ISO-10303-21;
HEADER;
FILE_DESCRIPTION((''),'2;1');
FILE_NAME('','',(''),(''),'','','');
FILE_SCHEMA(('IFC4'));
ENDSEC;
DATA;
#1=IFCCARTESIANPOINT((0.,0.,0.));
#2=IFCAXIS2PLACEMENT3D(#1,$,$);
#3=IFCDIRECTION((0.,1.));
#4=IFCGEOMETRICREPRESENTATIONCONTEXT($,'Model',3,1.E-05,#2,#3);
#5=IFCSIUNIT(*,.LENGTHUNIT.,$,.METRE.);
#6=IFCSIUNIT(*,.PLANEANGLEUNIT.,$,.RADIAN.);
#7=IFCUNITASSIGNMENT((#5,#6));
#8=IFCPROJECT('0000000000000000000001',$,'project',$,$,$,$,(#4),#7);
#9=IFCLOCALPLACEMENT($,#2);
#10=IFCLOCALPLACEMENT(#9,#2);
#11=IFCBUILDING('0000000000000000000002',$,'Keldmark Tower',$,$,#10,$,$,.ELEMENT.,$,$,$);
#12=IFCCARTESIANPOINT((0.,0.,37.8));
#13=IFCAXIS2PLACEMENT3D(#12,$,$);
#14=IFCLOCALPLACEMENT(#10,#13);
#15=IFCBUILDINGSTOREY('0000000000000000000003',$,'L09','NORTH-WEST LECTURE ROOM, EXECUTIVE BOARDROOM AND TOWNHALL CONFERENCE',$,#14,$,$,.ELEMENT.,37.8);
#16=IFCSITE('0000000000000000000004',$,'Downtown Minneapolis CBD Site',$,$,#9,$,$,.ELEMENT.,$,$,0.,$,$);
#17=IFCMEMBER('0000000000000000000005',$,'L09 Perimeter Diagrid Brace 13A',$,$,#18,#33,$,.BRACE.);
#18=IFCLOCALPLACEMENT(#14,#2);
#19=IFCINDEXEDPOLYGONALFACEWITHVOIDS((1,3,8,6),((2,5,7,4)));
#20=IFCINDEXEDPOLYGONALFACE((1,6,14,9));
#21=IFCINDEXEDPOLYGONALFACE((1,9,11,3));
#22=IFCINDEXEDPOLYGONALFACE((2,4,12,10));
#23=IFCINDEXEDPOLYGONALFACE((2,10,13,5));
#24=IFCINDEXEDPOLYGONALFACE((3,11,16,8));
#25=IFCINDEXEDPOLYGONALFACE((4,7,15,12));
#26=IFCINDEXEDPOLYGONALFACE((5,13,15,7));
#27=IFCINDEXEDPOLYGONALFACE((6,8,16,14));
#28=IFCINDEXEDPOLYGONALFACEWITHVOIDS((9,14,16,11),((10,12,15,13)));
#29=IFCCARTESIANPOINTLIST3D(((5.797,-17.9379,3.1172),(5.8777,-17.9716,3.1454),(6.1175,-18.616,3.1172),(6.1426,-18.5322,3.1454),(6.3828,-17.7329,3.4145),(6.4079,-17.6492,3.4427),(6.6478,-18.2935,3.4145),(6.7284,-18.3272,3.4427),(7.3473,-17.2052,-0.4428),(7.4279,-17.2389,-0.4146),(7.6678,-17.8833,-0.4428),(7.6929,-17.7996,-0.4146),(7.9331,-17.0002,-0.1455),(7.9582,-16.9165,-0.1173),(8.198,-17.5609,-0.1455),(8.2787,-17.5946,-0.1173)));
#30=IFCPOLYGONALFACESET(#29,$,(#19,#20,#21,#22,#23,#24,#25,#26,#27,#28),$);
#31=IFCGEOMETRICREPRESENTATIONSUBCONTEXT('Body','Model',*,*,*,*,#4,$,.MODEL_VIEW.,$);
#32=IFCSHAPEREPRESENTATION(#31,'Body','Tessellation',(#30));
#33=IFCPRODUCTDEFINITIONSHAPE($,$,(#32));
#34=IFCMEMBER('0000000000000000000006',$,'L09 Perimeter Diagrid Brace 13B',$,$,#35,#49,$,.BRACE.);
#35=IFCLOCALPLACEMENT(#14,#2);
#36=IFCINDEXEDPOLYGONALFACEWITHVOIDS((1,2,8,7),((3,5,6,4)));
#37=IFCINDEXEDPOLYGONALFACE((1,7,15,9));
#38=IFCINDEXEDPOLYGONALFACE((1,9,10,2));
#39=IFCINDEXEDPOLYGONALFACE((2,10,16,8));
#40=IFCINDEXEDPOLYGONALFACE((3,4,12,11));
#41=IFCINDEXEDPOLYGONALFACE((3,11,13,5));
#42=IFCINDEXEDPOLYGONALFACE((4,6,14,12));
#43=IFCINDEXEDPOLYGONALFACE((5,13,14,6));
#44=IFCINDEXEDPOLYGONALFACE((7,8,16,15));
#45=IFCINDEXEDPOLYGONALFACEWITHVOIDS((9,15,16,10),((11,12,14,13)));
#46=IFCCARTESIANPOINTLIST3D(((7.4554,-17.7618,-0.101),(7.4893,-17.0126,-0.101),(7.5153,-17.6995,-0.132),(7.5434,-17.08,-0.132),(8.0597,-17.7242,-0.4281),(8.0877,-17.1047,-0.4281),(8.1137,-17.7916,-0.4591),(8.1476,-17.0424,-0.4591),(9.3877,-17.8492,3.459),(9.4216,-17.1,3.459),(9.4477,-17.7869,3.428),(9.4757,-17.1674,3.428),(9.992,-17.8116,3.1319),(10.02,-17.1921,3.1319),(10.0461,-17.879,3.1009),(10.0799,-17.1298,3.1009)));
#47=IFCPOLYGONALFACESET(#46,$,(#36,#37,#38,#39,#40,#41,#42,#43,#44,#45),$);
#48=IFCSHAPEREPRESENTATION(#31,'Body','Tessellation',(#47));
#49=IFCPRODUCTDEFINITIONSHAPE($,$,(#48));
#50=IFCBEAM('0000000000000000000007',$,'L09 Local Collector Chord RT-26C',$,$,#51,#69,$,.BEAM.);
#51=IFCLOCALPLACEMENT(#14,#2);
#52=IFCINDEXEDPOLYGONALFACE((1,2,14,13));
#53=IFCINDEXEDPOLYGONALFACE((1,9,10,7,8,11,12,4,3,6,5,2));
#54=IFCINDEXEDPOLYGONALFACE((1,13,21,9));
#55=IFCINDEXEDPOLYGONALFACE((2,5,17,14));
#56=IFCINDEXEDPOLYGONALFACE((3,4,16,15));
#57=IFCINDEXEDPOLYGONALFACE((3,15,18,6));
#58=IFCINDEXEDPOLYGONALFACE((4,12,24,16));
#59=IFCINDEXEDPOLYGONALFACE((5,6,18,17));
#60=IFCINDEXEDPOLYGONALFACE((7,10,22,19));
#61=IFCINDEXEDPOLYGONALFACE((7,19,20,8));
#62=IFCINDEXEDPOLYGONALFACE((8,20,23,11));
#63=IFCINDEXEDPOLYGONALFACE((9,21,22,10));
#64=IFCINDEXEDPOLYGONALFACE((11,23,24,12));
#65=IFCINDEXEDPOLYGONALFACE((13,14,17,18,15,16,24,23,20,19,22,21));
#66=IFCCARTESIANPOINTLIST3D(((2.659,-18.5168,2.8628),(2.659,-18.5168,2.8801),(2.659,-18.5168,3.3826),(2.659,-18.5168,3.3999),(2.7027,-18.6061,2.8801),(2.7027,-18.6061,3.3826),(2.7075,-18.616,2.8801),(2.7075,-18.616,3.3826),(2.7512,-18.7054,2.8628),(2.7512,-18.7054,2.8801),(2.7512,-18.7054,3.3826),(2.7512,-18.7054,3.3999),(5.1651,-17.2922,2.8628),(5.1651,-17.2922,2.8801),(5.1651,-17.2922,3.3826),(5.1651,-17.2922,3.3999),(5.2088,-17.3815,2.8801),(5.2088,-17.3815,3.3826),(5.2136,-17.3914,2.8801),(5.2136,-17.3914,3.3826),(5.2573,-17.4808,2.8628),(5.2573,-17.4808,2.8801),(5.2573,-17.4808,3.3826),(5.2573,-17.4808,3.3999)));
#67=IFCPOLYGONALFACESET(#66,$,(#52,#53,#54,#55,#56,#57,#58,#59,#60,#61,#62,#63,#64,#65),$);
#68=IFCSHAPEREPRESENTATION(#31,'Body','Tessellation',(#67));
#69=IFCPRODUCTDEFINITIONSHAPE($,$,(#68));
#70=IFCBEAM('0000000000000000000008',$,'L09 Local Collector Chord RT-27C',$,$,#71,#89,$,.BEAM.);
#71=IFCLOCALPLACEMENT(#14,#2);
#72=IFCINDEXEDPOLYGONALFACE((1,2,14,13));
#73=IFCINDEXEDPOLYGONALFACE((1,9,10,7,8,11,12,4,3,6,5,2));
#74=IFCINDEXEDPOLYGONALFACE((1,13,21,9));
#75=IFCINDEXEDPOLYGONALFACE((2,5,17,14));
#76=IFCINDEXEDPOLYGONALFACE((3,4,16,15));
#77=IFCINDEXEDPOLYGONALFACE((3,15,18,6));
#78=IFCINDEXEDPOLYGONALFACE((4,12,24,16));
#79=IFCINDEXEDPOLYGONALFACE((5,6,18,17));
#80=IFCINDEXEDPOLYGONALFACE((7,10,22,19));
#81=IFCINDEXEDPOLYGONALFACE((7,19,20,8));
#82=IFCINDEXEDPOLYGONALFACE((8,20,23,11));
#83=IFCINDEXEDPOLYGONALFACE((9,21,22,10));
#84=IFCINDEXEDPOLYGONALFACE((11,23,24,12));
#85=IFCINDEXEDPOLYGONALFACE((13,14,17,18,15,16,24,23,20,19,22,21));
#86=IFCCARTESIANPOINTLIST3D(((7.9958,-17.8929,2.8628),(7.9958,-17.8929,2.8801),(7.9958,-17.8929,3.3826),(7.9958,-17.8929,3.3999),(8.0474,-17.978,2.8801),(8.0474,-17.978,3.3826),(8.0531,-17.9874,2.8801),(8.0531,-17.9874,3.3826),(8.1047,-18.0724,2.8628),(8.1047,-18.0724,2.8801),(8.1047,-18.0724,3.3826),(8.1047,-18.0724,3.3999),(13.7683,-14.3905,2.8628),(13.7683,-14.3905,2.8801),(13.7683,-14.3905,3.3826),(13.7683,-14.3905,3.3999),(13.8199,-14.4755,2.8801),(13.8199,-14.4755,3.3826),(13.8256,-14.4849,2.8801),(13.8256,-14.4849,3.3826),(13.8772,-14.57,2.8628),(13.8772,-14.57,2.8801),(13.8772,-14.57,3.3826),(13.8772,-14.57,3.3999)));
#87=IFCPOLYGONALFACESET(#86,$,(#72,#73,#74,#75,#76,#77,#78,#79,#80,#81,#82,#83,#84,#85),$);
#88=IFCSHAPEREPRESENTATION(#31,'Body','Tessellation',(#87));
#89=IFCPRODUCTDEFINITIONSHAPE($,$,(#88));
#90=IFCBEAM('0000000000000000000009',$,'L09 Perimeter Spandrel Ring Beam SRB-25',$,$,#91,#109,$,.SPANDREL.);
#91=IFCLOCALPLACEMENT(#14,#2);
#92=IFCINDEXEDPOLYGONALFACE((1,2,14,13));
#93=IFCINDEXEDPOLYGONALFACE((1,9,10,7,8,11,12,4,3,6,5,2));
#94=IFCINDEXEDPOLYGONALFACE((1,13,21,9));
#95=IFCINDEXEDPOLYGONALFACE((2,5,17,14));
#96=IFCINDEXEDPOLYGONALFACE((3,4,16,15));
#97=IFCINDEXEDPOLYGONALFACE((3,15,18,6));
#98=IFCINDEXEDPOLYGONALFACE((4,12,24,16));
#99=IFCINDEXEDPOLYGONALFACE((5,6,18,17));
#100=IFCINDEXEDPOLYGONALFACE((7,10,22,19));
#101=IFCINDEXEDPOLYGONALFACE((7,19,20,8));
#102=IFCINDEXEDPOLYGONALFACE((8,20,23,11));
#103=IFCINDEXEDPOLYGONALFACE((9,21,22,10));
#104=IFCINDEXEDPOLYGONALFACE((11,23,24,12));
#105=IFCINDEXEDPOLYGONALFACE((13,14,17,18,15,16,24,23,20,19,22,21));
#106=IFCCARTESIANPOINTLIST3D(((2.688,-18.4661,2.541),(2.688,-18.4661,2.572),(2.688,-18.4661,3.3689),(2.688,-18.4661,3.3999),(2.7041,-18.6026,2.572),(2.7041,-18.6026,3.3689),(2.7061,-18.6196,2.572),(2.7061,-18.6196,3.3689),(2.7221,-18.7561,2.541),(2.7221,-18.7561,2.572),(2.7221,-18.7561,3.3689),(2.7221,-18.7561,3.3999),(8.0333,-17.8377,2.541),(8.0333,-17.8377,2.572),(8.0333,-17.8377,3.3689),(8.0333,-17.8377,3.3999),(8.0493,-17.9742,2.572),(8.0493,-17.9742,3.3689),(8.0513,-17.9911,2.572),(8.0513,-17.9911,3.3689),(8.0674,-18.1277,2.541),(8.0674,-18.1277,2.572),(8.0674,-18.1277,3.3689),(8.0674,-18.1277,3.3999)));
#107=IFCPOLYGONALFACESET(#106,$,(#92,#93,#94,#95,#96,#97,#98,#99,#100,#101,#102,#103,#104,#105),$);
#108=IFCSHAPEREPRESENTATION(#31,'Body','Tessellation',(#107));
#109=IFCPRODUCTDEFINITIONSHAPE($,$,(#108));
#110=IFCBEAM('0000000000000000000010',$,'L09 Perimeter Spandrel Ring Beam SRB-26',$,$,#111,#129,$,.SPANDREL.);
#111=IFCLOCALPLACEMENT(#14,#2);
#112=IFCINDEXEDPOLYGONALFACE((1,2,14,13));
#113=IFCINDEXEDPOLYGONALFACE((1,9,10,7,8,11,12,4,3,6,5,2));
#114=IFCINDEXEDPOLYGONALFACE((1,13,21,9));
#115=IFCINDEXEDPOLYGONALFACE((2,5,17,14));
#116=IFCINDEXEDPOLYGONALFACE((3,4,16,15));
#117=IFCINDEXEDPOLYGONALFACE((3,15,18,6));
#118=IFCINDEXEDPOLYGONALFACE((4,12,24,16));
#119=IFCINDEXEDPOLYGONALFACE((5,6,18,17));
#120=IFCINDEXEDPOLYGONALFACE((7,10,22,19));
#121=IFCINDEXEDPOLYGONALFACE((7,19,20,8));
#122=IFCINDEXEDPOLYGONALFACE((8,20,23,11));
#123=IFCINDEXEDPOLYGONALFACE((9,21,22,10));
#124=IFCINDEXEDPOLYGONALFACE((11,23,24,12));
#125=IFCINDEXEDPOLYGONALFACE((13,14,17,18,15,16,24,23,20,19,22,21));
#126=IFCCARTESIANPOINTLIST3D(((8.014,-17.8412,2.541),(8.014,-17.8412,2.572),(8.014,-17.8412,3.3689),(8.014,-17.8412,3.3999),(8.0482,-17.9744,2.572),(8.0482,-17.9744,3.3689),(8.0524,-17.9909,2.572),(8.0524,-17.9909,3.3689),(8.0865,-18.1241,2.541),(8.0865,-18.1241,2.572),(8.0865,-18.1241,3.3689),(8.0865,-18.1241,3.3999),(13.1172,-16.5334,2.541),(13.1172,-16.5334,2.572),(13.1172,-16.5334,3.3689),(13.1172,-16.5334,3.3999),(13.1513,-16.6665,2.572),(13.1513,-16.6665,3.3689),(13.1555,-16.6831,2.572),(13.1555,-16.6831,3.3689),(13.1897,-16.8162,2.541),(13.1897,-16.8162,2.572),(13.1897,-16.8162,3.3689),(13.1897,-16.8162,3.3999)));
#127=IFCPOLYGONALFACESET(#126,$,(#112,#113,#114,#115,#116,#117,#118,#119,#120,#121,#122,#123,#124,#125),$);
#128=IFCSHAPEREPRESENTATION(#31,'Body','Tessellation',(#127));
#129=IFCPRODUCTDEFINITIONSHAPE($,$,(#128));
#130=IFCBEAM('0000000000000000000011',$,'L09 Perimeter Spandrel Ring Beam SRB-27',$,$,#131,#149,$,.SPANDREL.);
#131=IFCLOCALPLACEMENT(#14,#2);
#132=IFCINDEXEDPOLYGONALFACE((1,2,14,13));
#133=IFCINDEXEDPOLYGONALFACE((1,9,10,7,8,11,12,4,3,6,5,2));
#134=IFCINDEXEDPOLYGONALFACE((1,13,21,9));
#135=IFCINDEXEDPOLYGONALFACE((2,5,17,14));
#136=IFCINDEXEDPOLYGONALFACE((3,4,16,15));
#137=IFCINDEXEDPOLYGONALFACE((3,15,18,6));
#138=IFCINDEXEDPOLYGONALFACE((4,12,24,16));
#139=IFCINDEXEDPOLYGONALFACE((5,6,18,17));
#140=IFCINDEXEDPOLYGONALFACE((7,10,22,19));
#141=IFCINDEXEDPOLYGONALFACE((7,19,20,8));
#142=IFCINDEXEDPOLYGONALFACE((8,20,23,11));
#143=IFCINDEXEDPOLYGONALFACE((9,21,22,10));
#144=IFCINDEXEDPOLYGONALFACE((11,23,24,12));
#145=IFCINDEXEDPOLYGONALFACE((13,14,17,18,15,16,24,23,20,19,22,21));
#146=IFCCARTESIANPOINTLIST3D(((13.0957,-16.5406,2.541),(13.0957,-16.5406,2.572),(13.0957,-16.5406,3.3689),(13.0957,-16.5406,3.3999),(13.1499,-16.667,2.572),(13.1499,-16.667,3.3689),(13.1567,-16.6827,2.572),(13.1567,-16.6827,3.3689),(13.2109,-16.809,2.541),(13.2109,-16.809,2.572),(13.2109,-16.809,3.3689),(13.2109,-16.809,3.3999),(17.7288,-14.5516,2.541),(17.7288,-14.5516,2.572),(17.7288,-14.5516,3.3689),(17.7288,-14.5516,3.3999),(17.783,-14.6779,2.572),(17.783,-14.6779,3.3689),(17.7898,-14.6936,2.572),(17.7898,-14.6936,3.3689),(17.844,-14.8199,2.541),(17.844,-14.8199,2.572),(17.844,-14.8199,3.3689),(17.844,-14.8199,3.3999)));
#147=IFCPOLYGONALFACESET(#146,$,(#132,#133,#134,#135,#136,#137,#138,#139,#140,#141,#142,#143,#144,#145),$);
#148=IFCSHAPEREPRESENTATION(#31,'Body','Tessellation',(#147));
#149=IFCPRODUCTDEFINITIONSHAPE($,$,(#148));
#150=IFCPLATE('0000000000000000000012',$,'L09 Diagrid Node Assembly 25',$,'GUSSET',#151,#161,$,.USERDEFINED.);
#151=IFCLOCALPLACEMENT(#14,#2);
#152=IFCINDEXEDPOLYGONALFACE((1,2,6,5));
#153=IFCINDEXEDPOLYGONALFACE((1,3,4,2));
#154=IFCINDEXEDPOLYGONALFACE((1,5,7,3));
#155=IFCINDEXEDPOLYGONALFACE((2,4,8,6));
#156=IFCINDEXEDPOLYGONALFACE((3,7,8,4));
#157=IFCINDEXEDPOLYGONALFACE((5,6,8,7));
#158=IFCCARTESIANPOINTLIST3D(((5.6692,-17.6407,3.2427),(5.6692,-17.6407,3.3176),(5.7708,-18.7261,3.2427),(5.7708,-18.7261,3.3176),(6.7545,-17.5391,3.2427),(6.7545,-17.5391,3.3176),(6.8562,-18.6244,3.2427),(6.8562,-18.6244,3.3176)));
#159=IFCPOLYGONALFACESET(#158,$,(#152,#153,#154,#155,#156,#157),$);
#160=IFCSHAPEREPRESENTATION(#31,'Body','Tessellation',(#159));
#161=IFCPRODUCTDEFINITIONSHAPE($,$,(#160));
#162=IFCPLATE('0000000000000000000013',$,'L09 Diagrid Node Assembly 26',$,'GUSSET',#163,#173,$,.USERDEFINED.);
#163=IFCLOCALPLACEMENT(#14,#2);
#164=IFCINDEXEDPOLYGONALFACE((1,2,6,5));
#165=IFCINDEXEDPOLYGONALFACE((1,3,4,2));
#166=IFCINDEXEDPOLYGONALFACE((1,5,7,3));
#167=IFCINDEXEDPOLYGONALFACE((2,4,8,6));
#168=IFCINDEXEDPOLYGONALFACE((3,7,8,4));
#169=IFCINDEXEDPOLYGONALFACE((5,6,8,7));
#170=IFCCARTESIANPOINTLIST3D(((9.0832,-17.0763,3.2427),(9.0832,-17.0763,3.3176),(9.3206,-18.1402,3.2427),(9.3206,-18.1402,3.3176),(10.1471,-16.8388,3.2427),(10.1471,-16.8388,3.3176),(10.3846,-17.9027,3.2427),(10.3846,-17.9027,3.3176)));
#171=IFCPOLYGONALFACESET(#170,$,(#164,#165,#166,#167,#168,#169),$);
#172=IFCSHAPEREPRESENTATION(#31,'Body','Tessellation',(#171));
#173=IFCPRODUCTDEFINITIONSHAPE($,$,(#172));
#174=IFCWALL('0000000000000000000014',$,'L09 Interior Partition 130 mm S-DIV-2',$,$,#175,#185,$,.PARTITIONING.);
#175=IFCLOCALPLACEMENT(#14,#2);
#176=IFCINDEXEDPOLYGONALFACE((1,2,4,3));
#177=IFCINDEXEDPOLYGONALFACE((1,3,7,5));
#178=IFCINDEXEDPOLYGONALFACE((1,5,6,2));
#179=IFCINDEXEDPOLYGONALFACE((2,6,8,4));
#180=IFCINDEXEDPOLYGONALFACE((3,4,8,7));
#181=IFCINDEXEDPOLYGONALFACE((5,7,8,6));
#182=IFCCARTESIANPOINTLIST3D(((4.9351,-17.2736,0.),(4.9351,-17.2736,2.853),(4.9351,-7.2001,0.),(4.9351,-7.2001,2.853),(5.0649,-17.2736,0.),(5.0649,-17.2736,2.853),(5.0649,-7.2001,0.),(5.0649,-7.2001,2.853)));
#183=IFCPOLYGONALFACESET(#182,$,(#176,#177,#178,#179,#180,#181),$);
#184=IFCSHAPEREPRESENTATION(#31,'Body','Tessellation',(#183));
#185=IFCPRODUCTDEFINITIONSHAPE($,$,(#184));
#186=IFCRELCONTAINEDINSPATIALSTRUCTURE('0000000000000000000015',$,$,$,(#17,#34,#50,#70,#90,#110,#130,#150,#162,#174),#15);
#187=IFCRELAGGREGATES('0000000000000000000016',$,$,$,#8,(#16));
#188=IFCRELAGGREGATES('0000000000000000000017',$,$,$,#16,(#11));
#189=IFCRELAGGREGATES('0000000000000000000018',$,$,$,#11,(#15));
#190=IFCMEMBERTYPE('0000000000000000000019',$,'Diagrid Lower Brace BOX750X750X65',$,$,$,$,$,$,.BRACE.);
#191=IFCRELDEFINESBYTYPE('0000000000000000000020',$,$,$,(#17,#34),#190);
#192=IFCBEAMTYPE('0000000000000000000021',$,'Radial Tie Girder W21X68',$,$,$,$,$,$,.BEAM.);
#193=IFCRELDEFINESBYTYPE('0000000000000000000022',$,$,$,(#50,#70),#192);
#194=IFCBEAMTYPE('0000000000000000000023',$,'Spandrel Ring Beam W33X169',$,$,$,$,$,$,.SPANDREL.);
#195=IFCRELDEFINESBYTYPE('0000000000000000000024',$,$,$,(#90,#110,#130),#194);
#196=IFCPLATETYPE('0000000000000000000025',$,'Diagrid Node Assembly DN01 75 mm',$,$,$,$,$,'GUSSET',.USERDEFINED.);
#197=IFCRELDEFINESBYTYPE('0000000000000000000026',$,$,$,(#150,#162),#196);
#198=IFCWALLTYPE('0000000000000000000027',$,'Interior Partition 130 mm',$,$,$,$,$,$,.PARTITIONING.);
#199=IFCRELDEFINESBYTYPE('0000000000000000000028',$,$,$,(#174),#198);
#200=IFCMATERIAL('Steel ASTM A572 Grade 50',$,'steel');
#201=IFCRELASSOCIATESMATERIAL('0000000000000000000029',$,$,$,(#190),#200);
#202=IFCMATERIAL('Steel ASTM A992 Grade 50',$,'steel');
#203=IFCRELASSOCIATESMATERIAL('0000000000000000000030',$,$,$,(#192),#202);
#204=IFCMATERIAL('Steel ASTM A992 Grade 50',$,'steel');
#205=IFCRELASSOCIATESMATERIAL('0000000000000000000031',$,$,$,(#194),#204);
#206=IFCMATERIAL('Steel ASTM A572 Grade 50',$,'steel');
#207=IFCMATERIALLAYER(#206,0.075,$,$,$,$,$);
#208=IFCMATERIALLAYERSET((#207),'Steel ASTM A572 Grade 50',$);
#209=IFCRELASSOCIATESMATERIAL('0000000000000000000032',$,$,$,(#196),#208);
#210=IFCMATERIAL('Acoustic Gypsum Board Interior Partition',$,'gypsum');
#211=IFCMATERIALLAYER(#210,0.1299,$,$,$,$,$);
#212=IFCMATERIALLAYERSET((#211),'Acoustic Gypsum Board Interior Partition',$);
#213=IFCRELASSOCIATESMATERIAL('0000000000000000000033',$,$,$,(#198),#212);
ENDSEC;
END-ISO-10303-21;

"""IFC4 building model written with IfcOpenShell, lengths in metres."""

from ifc_helpers import new_model, si_unit, direction, frame, frame_2d, origin, origin_2d, place, context, subcontext, project, spatial, rectangle, hollow_rectangle, i_section, extrude, material, layer, layer_set, material_profile, profile_set, type_object, element, save


model = new_model("IFC4")

# Units and contexts
model_context = context("Model", 3, precision=1e-05, world=origin(), true_north=direction((0.0, 1.0)))
body_context = subcontext(model_context, "Body", "Model", "MODEL_VIEW")
ifc_project = project(units=[si_unit("LENGTHUNIT", "METRE"), si_unit("PLANEANGLEUNIT", "RADIAN")], contexts=[model_context])

# Site, building, storey
site_placement = place(None, origin())
site = spatial("IfcSite", under=ifc_project, at=site_placement, Name="Downtown Minneapolis CBD Site", CompositionType="ELEMENT", RefElevation=0.0)
building_placement = place(site_placement, origin())
building = spatial("IfcBuilding", under=site, at=building_placement, Name="Keldmark Tower", CompositionType="ELEMENT")
storey_placement = place(building_placement, frame((0.0, 0.0, 37.8)))
storey = spatial("IfcBuildingStorey", under=building, at=storey_placement, Name="L09", Description="NORTH-WEST LECTURE ROOM, EXECUTIVE BOARDROOM AND TOWNHALL CONFERENCE", CompositionType="ELEMENT", Elevation=37.8)

# Members
ifc_material_1 = material(Name="Steel ASTM A572 Grade 50", Category="steel")
ifc_material_profile_1 = material_profile(ifc_material_1, hollow_rectangle(XDim=0.75, YDim=0.75, WallThickness=0.0649, at=origin_2d()), Name="BOX750X750X65")
ifc_profile_set_1 = profile_set([ifc_material_profile_1], Name="Steel ASTM A572 Grade 50")
member_type = type_object("IfcMemberType", Name="Diagrid Lower Brace BOX750X750X65", PredefinedType="BRACE", material=ifc_profile_set_1)
member_1_placement = place(storey_placement, frame((7.813, -17.3999, -0.28), z_axis=(-0.392332, -0.185415, 0.900942), x_axis=(0.427284, -0.904117, 0.0)))
element("IfcMember", 1, at=member_1_placement, inside=storey, type_object=member_type, Name="L09 Perimeter Diagrid Brace 13A", PredefinedType="BRACE", context=body_context, shape_type="SweptSolid", body=[
    extrude(hollow_rectangle(XDim=0.75, YDim=0.75, WallThickness=0.0649, at=origin_2d()), origin(), (0.0, 0.0, 1.0), 3.9514),
])
member_2_placement = place(storey_placement, frame((7.8015, -17.4021, -0.28), z_axis=(0.476937, -0.021572, 0.878673), x_axis=(0.045184, 0.998979, 0.0)))
element("IfcMember", 2, at=member_2_placement, inside=storey, type_object=member_type, Name="L09 Perimeter Diagrid Brace 13B", PredefinedType="BRACE", context=body_context, shape_type="SweptSolid", body=[
    extrude(hollow_rectangle(XDim=0.75, YDim=0.75, WallThickness=0.0649, at=origin_2d()), origin(), (0.0, 0.0, 1.0), 4.0515),
])

# Beams
ifc_material_2 = material(Name="Steel ASTM A992 Grade 50", Category="steel")
ifc_material_profile_2 = material_profile(ifc_material_2, i_section(OverallWidth=0.21, OverallDepth=0.5371, WebThickness=0.011, FlangeThickness=0.0173, at=origin_2d()), Name="W21X68")
ifc_profile_set_2 = profile_set([ifc_material_profile_2], Name="Steel ASTM A992 Grade 50")
beam_type_1 = type_object("IfcBeamType", Name="Radial Tie Girder W21X68", PredefinedType="BEAM", material=ifc_profile_set_2)
beam_1_placement = place(storey_placement, frame((2.7051, -18.6111, 3.1313), z_axis=(0.898469, 0.439037, 0.0), x_axis=(-0.439037, 0.898469, 0.0)))
element("IfcBeam", 3, at=beam_1_placement, inside=storey, type_object=beam_type_1, Name="L09 Local Collector Chord RT-26C", PredefinedType="BEAM", context=body_context, shape_type="SweptSolid", body=[
    extrude(i_section(OverallWidth=0.21, OverallDepth=0.5371, WebThickness=0.011, FlangeThickness=0.0173, at=origin_2d()), origin(), (0.0, 0.0, 1.0), 2.7893),
])
beam_2_placement = place(storey_placement, frame((8.0503, -17.9827, 3.1313), z_axis=(0.854936, 0.518733, 0.0), x_axis=(-0.518733, 0.854936, 0.0)))
element("IfcBeam", 4, at=beam_2_placement, inside=storey, type_object=beam_type_1, Name="L09 Local Collector Chord RT-27C", PredefinedType="BEAM", context=body_context, shape_type="SweptSolid", body=[
    extrude(i_section(OverallWidth=0.21, OverallDepth=0.5371, WebThickness=0.011, FlangeThickness=0.0173, at=origin_2d()), origin(), (0.0, 0.0, 1.0), 6.752),
])
ifc_material_3 = material(Name="Steel ASTM A992 Grade 50", Category="steel")
ifc_material_profile_3 = material_profile(ifc_material_3, i_section(OverallWidth=0.292, OverallDepth=0.8589, WebThickness=0.0171, FlangeThickness=0.031, at=origin_2d()), Name="W33X169")
ifc_profile_set_3 = profile_set([ifc_material_profile_3], Name="Steel ASTM A992 Grade 50")
beam_type_2 = type_object("IfcBeamType", Name="Spandrel Ring Beam W33X169", PredefinedType="SPANDREL", material=ifc_profile_set_3)
beam_3_placement = place(storey_placement, frame((2.7051, -18.6111, 2.9705), z_axis=(0.99316, 0.116762, 0.0), x_axis=(-0.116762, 0.99316, 0.0)))
element("IfcBeam", 5, at=beam_3_placement, inside=storey, type_object=beam_type_2, Name="L09 Perimeter Spandrel Ring Beam SRB-25", PredefinedType="SPANDREL", context=body_context, shape_type="SweptSolid", body=[
    extrude(i_section(OverallWidth=0.292, OverallDepth=0.8589, WebThickness=0.0171, FlangeThickness=0.031, at=origin_2d()), origin(), (0.0, 0.0, 1.0), 5.3821),
])
beam_4_placement = place(storey_placement, frame((8.0503, -17.9827, 2.9705), z_axis=(0.968692, 0.248267, 0.0), x_axis=(-0.248267, 0.968692, 0.0)))
element("IfcBeam", 6, at=beam_4_placement, inside=storey, type_object=beam_type_2, Name="L09 Perimeter Spandrel Ring Beam SRB-26", PredefinedType="SPANDREL", context=body_context, shape_type="SweptSolid", body=[
    extrude(i_section(OverallWidth=0.292, OverallDepth=0.8589, WebThickness=0.0171, FlangeThickness=0.031, at=origin_2d()), origin(), (0.0, 0.0, 1.0), 5.2681),
])
beam_5_placement = place(storey_placement, frame((13.1533, -16.6748, 2.9705), z_axis=(0.918899, 0.394492, 0.0), x_axis=(-0.394492, 0.918899, 0.0)))
element("IfcBeam", 7, at=beam_5_placement, inside=storey, type_object=beam_type_2, Name="L09 Perimeter Spandrel Ring Beam SRB-27", PredefinedType="SPANDREL", context=body_context, shape_type="SweptSolid", body=[
    extrude(i_section(OverallWidth=0.292, OverallDepth=0.8589, WebThickness=0.0171, FlangeThickness=0.031, at=origin_2d()), origin(), (0.0, 0.0, 1.0), 5.042),
])

# Plates
ifc_material_4 = material(Name="Steel ASTM A572 Grade 50", Category="steel")
ifc_layer_1 = layer(ifc_material_4, 0.075)
ifc_layer_set_1 = layer_set([ifc_layer_1], Name="Steel ASTM A572 Grade 50")
plate_type = type_object("IfcPlateType", Name="Diagrid Node Assembly DN01 75 mm", ElementType="GUSSET", PredefinedType="USERDEFINED", material=ifc_layer_set_1)
for number, where, z_axis, x_axis, name in (
    (8, (6.2627, -18.1326, 3.2427), (0.0, 0.0, 1.0), (0.995644, 0.093239, 0.0), "L09 Diagrid Node Assembly 25"),
    (9, (9.7339, -17.4895, 3.2427), (0.0, 0.0, 1.0), (0.975993, 0.217803, 0.0), "L09 Diagrid Node Assembly 26"),
):
    element("IfcPlate", number, at=place(storey_placement, frame(where, z_axis=z_axis, x_axis=x_axis)), inside=storey, type_object=plate_type, Name=name, ObjectType="GUSSET", PredefinedType="USERDEFINED", context=body_context, shape_type="SweptSolid", body=[
        extrude(rectangle(XDim=1.0901, YDim=1.0901, at=origin_2d()), origin(), (0.0, 0.0, 1.0), 0.075),
    ])

# Wall
ifc_material_5 = material(Name="Acoustic Gypsum Board Interior Partition", Category="gypsum")
ifc_layer_2 = layer(ifc_material_5, 0.1299)
ifc_layer_set_2 = layer_set([ifc_layer_2], Name="Acoustic Gypsum Board Interior Partition")
wall_type_1 = type_object("IfcWallType", Name="Interior Partition 130 mm", PredefinedType="PARTITIONING", material=ifc_layer_set_2)
wall_1_placement = place(storey_placement, frame((5.0, -17.2734, 0.0), z_axis=(0.0, 0.0, 1.0), x_axis=(0.0, 1.0, 0.0)))
element("IfcWall", 10, at=wall_1_placement, inside=storey, type_object=wall_type_1, Name="L09 Interior Partition 130 mm S-DIV-2", PredefinedType="PARTITIONING", context=body_context, shape_type="SweptSolid", body=[
    extrude(rectangle(XDim=10.0735, YDim=0.1299, at=frame_2d((5.0366, 0.0))), origin(), (0.0, 0.0, 1.0), 2.853),
])

save(model, "model.ifc")
